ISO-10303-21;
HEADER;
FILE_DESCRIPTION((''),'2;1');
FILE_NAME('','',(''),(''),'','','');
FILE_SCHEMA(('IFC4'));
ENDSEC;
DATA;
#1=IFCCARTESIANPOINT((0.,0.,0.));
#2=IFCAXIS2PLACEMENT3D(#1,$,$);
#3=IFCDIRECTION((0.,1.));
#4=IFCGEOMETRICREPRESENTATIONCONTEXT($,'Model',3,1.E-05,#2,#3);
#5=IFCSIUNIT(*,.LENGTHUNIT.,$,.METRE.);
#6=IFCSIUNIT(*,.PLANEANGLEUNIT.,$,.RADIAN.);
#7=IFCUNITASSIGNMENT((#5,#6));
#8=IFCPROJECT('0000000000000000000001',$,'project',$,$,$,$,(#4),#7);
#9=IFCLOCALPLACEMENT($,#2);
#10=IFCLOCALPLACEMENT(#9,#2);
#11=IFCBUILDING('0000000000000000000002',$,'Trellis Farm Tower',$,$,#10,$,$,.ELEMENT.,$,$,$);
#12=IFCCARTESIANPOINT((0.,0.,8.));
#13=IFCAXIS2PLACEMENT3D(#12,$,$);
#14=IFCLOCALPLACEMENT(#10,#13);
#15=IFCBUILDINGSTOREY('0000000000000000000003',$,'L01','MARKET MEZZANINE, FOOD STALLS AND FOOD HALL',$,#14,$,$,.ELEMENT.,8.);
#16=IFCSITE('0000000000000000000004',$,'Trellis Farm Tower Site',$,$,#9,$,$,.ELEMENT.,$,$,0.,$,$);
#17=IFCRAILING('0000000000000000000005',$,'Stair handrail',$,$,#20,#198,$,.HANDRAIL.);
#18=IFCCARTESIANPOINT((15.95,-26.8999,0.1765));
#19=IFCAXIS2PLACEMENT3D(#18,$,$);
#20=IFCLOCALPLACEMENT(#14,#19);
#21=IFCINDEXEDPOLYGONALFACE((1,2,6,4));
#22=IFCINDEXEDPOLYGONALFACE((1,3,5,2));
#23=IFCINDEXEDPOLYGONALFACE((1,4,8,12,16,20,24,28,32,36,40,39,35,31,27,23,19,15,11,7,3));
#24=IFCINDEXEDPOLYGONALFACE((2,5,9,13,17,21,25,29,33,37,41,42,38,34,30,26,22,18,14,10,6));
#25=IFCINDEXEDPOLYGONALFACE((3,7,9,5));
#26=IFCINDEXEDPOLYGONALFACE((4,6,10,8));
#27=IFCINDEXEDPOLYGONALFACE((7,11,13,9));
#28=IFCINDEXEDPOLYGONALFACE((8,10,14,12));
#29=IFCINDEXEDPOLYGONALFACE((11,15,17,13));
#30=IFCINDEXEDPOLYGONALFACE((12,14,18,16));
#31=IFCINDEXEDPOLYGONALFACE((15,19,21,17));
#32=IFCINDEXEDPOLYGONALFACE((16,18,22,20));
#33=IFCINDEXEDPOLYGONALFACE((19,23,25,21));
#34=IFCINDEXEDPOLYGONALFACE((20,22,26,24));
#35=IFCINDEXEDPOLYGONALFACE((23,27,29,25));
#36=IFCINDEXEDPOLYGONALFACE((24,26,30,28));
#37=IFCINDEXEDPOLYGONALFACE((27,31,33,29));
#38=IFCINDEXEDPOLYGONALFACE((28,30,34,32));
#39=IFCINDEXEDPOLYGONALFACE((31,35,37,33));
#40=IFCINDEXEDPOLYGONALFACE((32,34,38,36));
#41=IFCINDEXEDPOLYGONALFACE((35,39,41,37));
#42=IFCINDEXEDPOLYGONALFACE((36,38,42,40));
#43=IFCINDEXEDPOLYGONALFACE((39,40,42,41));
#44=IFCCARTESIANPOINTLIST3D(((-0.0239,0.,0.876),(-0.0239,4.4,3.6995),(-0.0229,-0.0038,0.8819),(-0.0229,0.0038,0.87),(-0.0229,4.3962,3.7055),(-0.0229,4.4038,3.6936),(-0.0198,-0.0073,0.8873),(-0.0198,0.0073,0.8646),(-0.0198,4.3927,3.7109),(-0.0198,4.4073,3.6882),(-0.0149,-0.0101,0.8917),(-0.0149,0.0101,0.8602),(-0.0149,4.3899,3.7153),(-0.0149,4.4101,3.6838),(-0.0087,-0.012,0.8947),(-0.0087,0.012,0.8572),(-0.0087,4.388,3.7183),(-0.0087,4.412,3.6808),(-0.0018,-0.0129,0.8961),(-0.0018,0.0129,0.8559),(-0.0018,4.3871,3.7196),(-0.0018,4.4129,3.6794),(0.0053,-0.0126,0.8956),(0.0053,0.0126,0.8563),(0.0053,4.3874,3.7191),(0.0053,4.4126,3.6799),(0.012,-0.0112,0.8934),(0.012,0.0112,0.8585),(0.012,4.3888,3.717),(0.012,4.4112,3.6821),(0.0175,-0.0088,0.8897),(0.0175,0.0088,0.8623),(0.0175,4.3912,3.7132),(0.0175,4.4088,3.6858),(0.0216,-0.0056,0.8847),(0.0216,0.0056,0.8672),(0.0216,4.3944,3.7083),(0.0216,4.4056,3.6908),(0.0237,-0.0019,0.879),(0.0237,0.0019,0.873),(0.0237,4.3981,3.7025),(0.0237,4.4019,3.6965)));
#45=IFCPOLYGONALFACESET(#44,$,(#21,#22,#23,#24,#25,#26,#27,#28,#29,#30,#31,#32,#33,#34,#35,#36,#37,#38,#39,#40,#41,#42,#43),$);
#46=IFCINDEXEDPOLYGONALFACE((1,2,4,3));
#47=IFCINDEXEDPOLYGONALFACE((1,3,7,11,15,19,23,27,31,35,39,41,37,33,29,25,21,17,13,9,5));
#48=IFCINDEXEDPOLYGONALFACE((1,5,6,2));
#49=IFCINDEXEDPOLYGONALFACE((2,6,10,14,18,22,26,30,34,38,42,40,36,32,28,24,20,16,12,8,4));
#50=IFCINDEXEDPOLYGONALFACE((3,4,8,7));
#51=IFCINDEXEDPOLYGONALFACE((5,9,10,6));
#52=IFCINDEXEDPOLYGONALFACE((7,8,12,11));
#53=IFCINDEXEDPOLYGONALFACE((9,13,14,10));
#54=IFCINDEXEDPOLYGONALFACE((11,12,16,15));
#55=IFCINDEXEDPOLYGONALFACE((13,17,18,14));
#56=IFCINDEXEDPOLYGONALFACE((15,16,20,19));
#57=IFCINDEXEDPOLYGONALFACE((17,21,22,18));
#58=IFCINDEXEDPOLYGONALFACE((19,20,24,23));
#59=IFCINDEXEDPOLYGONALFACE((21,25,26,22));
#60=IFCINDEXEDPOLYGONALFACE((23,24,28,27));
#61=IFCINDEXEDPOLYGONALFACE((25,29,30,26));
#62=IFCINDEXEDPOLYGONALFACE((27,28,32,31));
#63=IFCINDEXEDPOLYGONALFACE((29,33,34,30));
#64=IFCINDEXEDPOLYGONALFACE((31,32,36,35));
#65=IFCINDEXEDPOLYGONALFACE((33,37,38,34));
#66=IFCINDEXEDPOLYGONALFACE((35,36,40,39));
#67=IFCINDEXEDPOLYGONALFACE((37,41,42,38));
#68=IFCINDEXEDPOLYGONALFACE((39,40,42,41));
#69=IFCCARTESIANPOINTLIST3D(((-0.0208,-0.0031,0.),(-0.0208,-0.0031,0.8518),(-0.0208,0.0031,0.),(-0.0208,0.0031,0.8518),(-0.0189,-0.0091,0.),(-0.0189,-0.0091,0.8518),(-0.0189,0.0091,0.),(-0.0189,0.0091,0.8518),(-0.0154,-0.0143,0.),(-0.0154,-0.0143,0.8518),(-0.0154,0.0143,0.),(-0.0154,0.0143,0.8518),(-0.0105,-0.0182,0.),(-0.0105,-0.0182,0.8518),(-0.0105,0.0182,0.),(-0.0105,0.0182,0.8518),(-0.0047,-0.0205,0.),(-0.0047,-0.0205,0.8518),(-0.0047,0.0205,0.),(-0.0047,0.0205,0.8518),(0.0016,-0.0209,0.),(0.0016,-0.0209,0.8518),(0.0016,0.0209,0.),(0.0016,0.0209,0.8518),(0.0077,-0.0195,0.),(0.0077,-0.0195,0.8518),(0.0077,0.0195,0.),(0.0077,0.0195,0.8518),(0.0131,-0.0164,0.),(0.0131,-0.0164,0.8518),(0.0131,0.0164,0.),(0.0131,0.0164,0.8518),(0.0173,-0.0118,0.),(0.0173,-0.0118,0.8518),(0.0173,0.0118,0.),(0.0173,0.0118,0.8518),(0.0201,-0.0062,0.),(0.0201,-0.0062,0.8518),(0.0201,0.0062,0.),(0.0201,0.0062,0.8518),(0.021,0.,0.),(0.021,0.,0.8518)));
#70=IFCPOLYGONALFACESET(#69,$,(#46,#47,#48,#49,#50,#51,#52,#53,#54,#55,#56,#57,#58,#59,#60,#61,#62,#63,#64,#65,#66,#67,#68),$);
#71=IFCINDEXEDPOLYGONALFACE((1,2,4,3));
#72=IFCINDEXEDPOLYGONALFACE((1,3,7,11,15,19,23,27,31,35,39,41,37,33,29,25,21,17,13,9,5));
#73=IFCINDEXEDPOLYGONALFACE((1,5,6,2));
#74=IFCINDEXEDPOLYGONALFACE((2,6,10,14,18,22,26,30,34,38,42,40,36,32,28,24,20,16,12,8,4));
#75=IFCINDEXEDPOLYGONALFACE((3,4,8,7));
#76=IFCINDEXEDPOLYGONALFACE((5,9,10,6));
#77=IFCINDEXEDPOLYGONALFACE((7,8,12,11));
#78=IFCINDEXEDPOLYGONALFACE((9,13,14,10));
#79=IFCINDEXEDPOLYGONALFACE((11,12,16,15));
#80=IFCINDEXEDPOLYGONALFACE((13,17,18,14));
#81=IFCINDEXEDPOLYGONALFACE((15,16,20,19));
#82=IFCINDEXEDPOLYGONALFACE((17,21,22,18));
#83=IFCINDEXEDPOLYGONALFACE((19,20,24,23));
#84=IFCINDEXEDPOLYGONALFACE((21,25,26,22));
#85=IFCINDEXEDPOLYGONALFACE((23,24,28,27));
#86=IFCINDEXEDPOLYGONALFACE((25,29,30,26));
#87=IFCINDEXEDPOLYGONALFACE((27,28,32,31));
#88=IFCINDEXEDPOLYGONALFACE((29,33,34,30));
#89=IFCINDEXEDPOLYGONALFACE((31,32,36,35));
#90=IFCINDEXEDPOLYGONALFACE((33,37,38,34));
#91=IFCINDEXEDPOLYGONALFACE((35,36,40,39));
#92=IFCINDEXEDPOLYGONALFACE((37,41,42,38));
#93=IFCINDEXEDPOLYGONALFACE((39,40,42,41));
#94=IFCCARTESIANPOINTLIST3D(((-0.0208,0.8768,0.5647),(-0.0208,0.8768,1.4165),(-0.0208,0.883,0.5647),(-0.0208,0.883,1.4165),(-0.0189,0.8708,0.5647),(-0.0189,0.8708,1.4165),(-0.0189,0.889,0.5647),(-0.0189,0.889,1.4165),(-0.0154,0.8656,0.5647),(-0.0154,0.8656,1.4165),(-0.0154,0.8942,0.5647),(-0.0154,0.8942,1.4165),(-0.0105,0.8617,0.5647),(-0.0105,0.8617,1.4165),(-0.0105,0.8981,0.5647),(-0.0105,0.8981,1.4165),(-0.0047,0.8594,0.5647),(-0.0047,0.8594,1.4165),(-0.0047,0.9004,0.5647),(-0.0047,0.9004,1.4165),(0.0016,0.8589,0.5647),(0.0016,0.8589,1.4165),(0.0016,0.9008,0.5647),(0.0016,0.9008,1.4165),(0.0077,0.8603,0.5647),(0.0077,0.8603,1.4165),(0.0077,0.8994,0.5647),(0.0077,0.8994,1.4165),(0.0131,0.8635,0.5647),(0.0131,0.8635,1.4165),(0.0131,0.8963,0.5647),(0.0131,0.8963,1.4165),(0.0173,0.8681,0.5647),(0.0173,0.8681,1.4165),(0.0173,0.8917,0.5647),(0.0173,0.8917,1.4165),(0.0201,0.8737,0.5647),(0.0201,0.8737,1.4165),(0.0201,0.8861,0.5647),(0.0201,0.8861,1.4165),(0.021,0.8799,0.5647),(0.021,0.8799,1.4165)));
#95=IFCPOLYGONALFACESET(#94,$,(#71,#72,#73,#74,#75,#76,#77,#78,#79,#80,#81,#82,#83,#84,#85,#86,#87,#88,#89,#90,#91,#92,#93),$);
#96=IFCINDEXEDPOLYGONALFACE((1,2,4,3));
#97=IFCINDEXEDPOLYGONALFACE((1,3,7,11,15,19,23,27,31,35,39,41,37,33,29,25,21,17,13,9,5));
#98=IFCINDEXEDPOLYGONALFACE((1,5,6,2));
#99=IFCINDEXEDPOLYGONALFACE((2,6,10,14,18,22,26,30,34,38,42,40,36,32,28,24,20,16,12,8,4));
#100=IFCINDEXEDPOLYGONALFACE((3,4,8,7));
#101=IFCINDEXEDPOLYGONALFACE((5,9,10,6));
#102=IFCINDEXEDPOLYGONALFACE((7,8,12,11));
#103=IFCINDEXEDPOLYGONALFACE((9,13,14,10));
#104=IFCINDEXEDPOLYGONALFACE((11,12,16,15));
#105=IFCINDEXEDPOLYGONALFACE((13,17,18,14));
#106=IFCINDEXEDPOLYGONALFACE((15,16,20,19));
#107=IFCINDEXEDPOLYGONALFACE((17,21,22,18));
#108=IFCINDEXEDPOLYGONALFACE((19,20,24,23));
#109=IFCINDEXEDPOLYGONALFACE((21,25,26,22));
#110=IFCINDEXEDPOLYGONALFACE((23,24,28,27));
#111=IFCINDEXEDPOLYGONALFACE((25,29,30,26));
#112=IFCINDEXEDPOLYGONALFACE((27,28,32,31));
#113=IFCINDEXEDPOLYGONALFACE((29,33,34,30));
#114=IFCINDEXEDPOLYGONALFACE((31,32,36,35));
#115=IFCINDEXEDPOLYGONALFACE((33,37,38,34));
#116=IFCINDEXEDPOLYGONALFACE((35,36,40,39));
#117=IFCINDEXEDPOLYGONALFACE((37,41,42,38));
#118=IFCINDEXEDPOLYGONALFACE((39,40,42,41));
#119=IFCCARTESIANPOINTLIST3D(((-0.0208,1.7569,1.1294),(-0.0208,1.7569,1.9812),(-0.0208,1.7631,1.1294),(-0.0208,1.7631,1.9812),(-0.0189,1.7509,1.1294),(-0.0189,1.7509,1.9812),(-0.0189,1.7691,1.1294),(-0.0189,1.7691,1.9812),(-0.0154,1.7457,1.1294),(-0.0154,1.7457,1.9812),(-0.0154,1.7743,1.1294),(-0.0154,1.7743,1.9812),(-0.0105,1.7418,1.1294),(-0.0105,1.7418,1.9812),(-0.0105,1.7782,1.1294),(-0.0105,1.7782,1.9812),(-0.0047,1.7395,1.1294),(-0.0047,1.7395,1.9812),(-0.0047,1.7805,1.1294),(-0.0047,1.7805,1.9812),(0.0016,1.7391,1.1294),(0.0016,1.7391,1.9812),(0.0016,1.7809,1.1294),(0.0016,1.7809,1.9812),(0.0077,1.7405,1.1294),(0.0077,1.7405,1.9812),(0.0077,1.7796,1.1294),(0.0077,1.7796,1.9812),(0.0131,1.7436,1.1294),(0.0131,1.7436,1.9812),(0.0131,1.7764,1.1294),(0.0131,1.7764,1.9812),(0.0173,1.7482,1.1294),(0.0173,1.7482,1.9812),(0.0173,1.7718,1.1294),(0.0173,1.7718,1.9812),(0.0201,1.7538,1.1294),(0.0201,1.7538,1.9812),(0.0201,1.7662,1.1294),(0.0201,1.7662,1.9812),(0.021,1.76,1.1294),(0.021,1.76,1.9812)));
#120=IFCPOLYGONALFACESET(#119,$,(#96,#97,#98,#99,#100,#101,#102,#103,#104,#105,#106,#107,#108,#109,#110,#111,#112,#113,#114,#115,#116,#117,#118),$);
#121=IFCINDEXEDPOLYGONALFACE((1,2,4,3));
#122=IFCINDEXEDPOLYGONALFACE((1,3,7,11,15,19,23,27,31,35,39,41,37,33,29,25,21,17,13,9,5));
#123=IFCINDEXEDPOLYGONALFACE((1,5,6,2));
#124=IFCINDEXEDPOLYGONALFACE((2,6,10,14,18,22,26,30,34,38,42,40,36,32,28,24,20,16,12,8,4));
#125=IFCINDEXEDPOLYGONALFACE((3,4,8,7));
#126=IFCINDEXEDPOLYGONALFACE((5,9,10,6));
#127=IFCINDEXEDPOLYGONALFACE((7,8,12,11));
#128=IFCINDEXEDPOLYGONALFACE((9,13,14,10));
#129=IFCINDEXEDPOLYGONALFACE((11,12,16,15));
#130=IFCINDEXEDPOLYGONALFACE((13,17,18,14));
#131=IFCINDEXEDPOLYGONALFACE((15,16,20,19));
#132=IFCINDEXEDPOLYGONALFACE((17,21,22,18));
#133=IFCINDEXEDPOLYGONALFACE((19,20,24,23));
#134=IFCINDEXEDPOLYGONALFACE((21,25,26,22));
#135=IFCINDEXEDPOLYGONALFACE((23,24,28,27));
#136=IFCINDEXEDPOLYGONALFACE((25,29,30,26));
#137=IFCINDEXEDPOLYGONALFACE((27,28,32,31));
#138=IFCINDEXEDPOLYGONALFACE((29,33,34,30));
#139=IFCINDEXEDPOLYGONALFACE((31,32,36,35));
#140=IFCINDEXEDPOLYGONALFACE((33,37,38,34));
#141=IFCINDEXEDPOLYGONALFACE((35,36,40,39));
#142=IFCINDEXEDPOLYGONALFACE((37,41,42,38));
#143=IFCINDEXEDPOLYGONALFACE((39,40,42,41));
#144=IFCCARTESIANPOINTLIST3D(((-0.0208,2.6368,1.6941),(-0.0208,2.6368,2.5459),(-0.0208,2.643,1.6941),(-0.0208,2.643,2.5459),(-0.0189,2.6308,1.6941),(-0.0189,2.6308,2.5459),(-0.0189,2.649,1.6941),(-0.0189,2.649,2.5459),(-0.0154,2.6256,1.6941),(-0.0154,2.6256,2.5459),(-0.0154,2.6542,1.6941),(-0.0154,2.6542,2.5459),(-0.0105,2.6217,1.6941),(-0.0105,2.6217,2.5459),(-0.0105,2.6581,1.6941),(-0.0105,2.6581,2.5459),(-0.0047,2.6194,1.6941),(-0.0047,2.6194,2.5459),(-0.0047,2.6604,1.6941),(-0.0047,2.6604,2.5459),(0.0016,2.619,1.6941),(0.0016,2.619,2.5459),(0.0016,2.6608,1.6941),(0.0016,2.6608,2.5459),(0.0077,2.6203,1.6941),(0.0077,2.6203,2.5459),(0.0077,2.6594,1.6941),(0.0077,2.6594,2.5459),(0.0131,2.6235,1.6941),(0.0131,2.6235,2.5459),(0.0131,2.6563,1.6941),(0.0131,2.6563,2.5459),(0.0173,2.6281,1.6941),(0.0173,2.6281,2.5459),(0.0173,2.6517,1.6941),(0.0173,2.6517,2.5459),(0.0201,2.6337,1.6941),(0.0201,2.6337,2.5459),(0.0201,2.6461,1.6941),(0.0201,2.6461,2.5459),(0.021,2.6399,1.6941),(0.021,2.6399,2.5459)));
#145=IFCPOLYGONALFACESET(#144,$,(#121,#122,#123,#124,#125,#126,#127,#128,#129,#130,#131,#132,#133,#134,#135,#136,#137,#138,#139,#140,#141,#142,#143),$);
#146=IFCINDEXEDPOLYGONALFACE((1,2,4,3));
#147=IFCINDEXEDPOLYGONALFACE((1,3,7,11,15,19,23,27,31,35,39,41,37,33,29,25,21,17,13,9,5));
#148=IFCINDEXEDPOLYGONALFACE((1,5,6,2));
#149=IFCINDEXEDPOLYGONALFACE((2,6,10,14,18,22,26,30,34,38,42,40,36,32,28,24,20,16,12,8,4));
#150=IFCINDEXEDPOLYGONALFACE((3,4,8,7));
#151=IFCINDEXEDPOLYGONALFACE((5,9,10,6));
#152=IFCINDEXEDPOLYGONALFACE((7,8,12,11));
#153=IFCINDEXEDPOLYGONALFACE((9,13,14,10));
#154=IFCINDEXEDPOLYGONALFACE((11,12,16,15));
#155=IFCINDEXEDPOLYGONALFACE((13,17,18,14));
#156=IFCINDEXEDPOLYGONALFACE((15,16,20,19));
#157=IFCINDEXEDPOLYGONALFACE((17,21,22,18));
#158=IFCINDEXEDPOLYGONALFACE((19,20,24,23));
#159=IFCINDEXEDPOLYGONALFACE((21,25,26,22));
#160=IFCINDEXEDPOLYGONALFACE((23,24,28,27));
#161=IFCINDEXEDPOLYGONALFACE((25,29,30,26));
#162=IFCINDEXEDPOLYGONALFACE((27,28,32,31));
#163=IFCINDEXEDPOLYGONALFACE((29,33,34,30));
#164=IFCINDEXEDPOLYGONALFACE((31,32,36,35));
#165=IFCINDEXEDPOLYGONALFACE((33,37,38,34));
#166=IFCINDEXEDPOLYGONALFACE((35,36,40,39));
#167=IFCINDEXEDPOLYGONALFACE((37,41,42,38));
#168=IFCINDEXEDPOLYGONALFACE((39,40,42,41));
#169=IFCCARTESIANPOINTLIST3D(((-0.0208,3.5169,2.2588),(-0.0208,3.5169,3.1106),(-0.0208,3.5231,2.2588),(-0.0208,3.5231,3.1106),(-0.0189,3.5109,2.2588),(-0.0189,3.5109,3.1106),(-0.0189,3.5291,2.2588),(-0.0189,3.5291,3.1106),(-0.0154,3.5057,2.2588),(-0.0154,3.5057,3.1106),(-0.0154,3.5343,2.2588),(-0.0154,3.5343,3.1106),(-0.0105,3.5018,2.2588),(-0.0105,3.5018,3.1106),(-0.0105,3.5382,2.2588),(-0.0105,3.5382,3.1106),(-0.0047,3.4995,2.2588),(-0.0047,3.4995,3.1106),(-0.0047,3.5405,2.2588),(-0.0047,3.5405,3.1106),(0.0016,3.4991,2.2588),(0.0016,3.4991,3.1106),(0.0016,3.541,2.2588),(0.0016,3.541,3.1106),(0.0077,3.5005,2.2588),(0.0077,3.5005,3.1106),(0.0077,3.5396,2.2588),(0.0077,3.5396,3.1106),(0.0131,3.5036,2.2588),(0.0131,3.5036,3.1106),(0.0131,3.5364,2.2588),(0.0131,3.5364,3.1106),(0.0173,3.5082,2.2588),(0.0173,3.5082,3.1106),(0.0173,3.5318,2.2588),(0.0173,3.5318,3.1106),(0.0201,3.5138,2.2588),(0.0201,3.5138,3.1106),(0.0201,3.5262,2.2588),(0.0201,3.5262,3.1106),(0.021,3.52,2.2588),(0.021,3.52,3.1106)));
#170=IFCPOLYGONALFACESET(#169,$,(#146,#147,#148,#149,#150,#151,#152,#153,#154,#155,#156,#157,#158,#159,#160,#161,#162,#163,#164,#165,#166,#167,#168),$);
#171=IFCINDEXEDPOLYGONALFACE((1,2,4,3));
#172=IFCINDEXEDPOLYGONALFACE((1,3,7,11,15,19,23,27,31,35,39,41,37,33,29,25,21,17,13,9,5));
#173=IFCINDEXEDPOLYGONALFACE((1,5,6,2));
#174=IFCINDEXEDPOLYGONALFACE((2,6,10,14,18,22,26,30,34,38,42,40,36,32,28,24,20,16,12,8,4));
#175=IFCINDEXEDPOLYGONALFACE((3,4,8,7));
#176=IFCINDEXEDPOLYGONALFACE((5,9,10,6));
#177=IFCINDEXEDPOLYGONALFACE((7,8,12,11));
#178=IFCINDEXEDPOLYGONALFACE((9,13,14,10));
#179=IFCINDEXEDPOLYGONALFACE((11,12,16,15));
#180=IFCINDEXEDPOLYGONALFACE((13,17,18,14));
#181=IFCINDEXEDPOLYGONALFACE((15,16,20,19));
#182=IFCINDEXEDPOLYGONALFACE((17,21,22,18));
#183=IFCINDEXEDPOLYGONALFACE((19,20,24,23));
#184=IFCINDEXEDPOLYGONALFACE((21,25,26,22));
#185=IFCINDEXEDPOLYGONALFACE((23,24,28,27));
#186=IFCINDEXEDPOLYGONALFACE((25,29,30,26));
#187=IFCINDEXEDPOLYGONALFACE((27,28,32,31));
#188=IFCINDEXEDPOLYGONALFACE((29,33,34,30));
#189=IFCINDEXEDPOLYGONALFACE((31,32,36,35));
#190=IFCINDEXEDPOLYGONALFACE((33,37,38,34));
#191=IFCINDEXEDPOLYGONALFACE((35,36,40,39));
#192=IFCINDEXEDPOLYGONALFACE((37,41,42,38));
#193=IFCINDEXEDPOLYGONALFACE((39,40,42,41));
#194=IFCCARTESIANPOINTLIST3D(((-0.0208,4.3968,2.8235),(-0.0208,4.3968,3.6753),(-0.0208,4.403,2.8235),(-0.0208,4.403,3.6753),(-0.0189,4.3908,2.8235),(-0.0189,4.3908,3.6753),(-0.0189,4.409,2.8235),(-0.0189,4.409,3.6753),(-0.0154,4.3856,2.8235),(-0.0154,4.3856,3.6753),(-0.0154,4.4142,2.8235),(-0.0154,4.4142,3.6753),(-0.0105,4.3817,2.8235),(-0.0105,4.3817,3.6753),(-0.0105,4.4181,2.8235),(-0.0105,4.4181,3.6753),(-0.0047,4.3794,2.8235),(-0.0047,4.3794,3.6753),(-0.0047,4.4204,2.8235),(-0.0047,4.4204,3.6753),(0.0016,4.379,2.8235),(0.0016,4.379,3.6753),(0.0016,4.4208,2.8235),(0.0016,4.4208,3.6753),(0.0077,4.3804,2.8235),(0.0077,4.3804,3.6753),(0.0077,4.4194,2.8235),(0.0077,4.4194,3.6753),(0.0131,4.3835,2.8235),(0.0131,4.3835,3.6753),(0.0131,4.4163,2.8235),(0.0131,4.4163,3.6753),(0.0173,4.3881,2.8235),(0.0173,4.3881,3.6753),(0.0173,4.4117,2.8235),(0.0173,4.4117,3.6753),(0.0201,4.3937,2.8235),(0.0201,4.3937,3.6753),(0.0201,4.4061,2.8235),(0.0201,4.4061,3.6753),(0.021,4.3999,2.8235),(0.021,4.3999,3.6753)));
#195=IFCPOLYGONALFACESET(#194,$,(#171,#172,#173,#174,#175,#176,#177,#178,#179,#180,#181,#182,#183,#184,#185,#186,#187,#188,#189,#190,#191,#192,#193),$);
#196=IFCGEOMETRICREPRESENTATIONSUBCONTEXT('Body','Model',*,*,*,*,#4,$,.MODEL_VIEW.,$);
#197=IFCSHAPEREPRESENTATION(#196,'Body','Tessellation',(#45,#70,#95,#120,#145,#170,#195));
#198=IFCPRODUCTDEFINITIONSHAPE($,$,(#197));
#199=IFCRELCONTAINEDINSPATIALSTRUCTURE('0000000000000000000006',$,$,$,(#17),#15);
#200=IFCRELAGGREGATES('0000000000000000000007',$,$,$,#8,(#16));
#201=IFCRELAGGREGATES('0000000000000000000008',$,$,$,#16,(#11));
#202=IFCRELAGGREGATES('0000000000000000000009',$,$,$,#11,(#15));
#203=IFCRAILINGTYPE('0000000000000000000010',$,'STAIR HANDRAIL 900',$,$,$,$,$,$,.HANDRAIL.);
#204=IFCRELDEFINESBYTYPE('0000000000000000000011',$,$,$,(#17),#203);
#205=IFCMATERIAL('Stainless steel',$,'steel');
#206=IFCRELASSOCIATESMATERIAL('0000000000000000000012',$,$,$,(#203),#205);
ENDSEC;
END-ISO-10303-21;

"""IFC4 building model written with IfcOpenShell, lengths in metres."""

from ifc_helpers import new_model, si_unit, direction, frame, origin, origin_2d, place, context, subcontext, project, spatial, circle, extrude, source, transform, mapped, material, type_object, element, save


model = new_model("IFC4")

# Units and contexts
model_context = context("Model", 3, precision=1e-05, world=origin(), true_north=direction((0.0, 1.0)))
body_context = subcontext(model_context, "Body", "Model", "MODEL_VIEW")
ifc_project = project(units=[si_unit("LENGTHUNIT", "METRE"), si_unit("PLANEANGLEUNIT", "RADIAN")], contexts=[model_context])

# Site, building, storey
site_placement = place(None, origin())
site = spatial("IfcSite", under=ifc_project, at=site_placement, Name="Trellis Farm Tower Site", CompositionType="ELEMENT", RefElevation=0.0)
building_placement = place(site_placement, origin())
building = spatial("IfcBuilding", under=site, at=building_placement, Name="Trellis Farm Tower", CompositionType="ELEMENT")
storey_placement = place(building_placement, frame((0.0, 0.0, 8.0)))
storey = spatial("IfcBuildingStorey", under=building, at=storey_placement, Name="L01", Description="MARKET MEZZANINE, FOOD STALLS AND FOOD HALL", CompositionType="ELEMENT", Elevation=8.0)

# Railing
ifc_material_1 = material(Name="Stainless steel", Category="steel")
railing_type = type_object("IfcRailingType", Name="STAIR HANDRAIL 900", PredefinedType="HANDRAIL", material=ifc_material_1)
shared_shape_1 = source(origin(), body_context, "Body", "SweptSolid", [
    extrude(circle(Radius=0.0239, at=origin_2d()), frame((0.0, 0.0, 0.876), z_axis=(0.0, 0.841615, 0.540078), x_axis=(-1.0, 0.0, 0.0)), (0.0, 0.0, 1.0), 5.228),
    extrude(circle(Radius=0.021, at=origin_2d()), origin(), (0.0, 0.0, 1.0), 0.8518),
    extrude(circle(Radius=0.021, at=origin_2d()), frame((0.0, 0.8799, 0.5647)), (0.0, 0.0, 1.0), 0.8518),
    extrude(circle(Radius=0.021, at=origin_2d()), frame((0.0, 1.76, 1.1294)), (0.0, 0.0, 1.0), 0.8518),
    extrude(circle(Radius=0.021, at=origin_2d()), frame((0.0, 2.6399, 1.6941)), (0.0, 0.0, 1.0), 0.8518),
    extrude(circle(Radius=0.021, at=origin_2d()), frame((0.0, 3.52, 2.2588)), (0.0, 0.0, 1.0), 0.8518),
    extrude(circle(Radius=0.021, at=origin_2d()), frame((0.0, 4.3999, 2.8235)), (0.0, 0.0, 1.0), 0.8518),
])
for number, where, name in (
    (1, (15.95, -26.8999, 0.1765), "Stair handrail"),
):
    element("IfcRailing", number, at=place(storey_placement, frame(where)), inside=storey, type_object=railing_type, Name=name, PredefinedType="HANDRAIL", context=body_context, shape_type="MappedRepresentation", body=[
        mapped(shared_shape_1, transform((0.0, 0.0, 0.0))),
    ])

save(model, "model.ifc")
